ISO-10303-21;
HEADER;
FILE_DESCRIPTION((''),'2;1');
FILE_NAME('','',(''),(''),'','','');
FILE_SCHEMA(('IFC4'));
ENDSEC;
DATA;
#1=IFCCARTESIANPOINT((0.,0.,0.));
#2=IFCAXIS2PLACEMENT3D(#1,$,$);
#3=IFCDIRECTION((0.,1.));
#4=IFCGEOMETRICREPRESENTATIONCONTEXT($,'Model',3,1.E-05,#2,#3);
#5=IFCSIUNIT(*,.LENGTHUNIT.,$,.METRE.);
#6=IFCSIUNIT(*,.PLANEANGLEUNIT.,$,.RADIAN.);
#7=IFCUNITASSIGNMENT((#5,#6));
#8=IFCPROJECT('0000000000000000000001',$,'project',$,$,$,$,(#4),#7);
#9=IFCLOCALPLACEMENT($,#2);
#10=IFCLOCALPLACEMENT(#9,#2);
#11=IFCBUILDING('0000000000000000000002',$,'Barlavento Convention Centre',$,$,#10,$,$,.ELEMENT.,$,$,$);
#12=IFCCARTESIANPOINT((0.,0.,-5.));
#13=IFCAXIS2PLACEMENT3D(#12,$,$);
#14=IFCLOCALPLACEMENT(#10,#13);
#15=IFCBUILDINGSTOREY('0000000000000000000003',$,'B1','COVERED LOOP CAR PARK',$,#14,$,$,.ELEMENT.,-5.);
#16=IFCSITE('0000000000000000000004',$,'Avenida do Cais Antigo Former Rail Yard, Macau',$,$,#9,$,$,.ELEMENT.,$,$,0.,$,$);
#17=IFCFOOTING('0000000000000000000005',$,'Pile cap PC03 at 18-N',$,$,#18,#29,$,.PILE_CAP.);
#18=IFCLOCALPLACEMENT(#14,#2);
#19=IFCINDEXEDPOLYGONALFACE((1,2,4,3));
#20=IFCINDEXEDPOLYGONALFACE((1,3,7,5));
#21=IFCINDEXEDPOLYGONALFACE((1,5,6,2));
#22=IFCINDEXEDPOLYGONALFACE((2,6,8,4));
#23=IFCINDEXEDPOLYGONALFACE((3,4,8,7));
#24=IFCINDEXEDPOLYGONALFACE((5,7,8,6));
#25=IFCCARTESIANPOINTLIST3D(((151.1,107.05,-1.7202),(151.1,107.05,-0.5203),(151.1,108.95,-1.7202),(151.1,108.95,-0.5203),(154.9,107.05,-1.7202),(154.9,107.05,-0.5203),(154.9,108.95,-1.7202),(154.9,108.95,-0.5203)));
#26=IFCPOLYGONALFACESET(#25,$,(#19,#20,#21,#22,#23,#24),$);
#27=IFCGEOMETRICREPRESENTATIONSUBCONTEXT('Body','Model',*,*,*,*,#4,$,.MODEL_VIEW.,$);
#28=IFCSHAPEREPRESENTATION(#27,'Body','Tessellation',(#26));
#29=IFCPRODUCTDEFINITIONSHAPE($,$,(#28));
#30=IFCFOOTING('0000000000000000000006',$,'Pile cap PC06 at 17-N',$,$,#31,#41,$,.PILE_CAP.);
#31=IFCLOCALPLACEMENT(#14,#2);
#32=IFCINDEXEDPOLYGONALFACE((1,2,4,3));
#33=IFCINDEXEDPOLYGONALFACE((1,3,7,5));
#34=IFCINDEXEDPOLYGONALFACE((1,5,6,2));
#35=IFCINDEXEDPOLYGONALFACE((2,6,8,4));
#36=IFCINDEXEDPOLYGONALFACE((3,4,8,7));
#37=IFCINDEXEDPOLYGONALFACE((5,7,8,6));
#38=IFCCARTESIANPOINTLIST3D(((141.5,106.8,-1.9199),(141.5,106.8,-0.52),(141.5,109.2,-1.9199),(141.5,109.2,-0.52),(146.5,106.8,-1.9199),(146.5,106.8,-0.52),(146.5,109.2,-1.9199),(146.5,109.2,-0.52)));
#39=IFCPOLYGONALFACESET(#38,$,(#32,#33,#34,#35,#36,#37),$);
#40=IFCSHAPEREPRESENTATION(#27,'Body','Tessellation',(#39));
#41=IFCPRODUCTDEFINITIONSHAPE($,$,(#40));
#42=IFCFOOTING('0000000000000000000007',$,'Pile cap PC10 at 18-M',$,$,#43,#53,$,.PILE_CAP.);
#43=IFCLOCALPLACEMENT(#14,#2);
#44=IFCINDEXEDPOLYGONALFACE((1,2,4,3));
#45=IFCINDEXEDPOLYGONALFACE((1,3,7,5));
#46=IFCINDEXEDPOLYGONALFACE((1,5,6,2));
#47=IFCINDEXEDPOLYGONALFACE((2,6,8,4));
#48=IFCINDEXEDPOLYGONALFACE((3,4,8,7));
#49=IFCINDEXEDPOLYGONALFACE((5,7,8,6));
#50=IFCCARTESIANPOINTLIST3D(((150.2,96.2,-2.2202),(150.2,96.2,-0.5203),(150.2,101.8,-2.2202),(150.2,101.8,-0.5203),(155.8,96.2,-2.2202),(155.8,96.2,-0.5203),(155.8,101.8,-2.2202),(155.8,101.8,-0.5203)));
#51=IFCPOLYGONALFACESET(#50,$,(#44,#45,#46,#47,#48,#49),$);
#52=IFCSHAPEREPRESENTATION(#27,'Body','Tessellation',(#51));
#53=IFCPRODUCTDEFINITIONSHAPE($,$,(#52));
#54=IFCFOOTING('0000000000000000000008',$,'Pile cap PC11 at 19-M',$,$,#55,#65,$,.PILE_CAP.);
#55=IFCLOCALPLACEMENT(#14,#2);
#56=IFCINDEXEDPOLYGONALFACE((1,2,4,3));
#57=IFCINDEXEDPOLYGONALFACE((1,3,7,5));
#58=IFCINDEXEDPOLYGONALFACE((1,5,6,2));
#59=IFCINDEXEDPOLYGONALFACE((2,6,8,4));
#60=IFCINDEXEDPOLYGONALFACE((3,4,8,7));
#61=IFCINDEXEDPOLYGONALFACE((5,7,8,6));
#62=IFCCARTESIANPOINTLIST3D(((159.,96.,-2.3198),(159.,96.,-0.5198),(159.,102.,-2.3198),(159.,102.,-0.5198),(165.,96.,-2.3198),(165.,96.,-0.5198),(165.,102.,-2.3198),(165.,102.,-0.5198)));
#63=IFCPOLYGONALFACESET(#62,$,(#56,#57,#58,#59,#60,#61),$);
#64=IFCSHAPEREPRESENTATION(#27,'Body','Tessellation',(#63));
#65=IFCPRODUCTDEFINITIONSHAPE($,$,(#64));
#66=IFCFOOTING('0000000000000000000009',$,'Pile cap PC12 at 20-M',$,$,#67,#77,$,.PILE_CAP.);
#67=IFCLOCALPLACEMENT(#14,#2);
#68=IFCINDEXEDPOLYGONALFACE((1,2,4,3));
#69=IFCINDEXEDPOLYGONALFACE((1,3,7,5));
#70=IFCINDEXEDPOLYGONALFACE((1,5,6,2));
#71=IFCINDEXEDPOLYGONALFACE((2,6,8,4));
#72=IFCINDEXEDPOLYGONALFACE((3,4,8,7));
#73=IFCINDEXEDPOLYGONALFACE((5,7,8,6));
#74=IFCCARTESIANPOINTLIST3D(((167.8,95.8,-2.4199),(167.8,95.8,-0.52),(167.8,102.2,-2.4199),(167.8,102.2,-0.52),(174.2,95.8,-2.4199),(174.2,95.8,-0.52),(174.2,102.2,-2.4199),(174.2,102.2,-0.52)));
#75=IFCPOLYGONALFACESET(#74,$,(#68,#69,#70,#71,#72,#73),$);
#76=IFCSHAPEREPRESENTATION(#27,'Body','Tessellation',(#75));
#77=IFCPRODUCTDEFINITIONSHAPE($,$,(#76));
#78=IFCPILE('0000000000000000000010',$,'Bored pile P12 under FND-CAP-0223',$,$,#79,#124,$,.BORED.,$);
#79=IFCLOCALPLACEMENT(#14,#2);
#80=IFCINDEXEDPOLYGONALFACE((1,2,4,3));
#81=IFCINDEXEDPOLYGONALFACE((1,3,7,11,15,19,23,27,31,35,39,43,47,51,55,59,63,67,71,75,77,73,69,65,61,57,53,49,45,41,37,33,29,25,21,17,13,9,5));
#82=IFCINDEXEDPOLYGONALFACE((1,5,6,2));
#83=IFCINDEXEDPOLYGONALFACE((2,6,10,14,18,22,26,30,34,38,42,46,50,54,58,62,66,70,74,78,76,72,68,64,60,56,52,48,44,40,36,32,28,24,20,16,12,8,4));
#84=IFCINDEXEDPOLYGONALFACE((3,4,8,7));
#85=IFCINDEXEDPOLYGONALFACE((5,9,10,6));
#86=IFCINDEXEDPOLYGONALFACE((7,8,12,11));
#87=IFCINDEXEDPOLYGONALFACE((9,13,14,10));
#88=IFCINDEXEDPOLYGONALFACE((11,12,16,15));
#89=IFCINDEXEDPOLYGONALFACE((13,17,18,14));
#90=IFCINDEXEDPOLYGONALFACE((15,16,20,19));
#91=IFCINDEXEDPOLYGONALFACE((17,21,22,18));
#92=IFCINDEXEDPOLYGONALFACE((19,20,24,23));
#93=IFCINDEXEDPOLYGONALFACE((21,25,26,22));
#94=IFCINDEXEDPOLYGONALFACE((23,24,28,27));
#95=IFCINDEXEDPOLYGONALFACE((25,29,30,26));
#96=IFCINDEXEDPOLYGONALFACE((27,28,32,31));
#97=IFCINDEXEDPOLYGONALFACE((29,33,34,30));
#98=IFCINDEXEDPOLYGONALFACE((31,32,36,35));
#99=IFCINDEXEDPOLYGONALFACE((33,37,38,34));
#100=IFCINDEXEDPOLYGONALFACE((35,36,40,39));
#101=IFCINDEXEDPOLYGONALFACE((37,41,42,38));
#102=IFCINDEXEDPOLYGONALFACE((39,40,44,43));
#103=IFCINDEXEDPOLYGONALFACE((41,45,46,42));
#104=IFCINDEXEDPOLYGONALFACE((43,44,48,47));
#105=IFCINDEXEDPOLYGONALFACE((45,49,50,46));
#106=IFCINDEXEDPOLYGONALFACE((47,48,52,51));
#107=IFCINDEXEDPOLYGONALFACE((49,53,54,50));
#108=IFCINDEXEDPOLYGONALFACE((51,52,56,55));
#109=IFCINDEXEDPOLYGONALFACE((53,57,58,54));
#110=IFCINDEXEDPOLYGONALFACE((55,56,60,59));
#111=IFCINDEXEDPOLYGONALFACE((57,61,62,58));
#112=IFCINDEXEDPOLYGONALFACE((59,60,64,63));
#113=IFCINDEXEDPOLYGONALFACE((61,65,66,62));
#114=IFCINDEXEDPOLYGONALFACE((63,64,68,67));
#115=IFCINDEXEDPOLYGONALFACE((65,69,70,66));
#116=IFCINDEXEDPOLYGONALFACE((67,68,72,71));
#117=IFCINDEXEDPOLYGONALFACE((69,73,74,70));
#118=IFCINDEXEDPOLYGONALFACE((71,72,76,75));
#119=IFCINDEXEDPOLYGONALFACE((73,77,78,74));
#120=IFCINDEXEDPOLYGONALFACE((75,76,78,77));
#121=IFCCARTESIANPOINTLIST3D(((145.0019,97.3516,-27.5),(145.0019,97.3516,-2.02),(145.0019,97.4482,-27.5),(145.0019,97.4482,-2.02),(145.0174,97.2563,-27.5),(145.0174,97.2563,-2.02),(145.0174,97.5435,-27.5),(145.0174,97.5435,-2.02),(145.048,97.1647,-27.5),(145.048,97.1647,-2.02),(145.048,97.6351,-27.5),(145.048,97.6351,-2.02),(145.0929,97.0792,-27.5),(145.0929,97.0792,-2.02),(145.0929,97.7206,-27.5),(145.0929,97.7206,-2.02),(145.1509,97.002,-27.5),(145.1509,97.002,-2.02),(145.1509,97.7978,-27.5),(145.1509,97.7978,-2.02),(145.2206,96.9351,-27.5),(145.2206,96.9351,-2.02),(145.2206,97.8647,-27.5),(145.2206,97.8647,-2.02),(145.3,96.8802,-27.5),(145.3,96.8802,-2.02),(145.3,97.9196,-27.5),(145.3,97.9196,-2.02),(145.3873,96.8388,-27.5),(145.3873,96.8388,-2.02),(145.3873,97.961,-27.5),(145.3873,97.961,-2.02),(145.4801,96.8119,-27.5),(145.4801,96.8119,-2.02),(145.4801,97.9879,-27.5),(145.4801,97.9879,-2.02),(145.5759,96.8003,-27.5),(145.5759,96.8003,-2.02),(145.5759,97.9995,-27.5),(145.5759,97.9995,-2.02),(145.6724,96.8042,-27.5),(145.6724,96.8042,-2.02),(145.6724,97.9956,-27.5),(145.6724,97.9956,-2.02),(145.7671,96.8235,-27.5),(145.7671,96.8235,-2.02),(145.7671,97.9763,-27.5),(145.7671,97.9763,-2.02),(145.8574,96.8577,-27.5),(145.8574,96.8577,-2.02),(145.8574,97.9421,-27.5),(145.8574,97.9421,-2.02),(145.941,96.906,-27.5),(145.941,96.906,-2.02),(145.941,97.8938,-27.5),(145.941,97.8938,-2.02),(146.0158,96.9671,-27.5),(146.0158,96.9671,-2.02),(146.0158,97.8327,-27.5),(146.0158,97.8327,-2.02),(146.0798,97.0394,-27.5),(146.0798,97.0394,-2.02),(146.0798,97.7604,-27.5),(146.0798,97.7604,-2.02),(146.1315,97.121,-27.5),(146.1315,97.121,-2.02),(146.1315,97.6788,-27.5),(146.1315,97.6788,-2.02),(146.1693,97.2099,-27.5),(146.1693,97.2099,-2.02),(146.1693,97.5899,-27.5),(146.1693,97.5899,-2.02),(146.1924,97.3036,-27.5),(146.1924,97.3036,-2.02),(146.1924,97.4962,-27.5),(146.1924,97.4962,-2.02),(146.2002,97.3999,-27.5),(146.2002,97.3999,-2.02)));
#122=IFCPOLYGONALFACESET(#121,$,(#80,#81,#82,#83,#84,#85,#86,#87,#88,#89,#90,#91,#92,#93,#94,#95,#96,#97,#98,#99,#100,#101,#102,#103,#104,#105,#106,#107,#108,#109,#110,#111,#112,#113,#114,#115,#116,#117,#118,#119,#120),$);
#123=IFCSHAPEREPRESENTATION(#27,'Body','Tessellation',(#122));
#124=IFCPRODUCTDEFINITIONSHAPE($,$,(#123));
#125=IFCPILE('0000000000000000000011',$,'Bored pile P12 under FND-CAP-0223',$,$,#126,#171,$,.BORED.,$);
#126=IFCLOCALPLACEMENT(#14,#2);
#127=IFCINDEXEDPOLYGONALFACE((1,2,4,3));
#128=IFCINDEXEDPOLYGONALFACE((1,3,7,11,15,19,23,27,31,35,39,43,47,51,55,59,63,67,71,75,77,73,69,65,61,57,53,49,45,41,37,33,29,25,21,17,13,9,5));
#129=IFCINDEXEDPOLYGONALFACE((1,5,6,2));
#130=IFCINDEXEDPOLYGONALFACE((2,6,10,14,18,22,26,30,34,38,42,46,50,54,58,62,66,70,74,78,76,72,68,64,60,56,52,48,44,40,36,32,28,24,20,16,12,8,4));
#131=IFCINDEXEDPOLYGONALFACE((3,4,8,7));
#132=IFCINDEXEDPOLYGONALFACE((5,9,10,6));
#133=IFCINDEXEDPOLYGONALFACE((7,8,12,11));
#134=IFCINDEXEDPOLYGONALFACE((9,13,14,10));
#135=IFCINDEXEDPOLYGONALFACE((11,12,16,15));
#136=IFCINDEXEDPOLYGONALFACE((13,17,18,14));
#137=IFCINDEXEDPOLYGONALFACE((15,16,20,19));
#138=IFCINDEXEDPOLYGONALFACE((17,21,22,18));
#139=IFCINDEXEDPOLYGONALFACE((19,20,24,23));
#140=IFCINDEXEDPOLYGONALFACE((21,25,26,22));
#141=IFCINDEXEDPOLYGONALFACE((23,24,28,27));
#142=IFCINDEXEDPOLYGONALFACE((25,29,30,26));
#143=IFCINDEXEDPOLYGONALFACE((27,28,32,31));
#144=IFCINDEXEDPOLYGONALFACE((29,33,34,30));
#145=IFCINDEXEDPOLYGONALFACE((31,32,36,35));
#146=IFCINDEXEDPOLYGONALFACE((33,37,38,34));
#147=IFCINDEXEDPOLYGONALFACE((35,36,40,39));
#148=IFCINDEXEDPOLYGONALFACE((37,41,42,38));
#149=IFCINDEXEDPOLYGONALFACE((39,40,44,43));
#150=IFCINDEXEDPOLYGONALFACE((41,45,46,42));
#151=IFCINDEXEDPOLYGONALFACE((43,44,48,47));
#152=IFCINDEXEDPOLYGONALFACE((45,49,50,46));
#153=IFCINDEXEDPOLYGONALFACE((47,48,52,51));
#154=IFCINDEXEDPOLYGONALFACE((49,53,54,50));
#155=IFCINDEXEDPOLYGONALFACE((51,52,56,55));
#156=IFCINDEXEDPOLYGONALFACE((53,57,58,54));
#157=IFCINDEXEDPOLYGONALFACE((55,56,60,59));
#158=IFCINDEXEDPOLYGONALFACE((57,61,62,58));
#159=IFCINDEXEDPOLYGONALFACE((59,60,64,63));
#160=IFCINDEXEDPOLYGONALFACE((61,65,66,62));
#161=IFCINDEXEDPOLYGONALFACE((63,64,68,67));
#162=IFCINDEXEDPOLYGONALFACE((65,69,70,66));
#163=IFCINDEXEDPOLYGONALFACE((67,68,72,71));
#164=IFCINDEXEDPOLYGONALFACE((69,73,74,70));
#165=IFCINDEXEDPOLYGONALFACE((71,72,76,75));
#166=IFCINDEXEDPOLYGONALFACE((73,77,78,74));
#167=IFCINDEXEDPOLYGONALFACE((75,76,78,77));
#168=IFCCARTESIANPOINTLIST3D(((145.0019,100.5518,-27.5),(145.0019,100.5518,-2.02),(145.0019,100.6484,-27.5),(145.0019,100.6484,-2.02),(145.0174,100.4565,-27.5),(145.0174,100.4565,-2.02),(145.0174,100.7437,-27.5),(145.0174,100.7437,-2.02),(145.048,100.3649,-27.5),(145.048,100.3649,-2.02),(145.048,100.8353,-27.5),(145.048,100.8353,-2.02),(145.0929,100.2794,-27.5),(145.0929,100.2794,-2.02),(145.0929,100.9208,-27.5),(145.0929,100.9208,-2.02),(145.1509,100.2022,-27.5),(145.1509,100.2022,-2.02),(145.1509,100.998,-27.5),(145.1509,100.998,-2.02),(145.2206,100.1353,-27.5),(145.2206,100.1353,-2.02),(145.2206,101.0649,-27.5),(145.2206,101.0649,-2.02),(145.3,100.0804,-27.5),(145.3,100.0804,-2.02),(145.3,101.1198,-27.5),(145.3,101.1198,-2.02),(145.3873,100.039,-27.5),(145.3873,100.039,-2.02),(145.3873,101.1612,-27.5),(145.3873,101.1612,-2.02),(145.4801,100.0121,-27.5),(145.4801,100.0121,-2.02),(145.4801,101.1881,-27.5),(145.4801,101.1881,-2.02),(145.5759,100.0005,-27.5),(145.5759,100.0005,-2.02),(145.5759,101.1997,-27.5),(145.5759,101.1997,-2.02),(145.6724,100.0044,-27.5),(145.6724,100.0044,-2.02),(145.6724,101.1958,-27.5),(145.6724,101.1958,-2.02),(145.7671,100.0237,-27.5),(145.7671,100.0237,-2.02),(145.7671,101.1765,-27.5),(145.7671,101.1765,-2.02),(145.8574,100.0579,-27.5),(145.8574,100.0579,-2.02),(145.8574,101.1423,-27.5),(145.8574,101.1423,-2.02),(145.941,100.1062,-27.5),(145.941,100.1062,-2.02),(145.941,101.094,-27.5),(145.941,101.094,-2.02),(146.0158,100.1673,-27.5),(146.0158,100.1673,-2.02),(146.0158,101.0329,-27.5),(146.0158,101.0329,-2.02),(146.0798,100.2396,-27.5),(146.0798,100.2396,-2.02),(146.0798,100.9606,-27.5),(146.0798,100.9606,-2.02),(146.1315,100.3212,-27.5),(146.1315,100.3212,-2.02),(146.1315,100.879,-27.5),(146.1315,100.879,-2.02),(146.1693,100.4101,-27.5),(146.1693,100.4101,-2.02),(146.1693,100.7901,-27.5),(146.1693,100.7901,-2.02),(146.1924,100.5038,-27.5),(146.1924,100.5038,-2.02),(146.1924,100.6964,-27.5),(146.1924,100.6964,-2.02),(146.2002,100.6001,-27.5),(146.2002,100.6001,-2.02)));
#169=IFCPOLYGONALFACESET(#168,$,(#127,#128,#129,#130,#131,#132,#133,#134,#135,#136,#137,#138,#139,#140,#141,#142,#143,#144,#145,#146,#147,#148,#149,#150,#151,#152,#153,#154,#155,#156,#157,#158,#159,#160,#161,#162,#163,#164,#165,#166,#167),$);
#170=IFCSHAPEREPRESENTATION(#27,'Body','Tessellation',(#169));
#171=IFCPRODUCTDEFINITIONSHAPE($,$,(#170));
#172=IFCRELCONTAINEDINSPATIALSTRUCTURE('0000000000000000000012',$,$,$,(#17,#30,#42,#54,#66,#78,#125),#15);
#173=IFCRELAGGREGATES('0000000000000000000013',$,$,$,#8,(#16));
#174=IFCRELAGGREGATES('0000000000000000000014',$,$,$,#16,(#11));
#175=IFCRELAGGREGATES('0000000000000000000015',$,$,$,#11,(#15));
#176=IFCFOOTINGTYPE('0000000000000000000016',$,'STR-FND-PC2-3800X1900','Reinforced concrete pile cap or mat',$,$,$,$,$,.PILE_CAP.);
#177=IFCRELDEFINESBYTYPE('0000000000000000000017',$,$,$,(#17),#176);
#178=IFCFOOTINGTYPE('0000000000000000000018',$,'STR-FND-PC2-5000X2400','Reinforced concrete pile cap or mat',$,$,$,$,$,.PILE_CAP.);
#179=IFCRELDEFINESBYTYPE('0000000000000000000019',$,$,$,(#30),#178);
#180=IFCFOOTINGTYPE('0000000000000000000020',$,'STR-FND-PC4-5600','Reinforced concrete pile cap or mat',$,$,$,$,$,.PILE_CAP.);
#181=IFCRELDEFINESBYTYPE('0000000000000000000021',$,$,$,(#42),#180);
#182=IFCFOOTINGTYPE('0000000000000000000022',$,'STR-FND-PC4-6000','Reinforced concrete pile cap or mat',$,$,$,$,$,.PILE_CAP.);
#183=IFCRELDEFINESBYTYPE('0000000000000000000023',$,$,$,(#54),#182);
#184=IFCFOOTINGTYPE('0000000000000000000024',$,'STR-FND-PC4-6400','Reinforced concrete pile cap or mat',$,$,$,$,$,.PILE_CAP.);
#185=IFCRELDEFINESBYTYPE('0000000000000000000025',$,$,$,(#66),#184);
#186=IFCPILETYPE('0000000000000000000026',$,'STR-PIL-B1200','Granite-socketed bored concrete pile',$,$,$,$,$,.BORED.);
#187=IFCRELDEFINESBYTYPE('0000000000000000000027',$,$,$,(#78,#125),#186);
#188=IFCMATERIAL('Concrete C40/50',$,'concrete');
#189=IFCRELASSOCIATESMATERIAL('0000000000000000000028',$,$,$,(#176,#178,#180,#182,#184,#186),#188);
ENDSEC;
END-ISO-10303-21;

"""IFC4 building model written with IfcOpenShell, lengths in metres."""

from ifc_helpers import new_model, si_unit, direction, frame, origin, origin_2d, place, context, subcontext, project, spatial, rectangle, circle, extrude, material, material_profile, profile_set, type_object, element, save


model = new_model("IFC4")

# Units and contexts
model_context = context("Model", 3, precision=1e-05, world=origin(), true_north=direction((0.0, 1.0)))
body_context = subcontext(model_context, "Body", "Model", "MODEL_VIEW")
ifc_project = project(units=[si_unit("LENGTHUNIT", "METRE"), si_unit("PLANEANGLEUNIT", "RADIAN")], contexts=[model_context])

# Site, building, storey
site_placement = place(None, origin())
site = spatial("IfcSite", under=ifc_project, at=site_placement, Name="Avenida do Cais Antigo Former Rail Yard, Macau", CompositionType="ELEMENT", RefElevation=0.0)
building_placement = place(site_placement, origin())
building = spatial("IfcBuilding", under=site, at=building_placement, Name="Barlavento Convention Centre", CompositionType="ELEMENT")
storey_placement = place(building_placement, frame((0.0, 0.0, -5.0)))
storey = spatial("IfcBuildingStorey", under=building, at=storey_placement, Name="B1", Description="COVERED LOOP CAR PARK", CompositionType="ELEMENT", Elevation=-5.0)

# Footings
ifc_material_1 = material(Name="Concrete C40/50", Category="concrete")
footing_type_1 = type_object("IfcFootingType", Name="STR-FND-PC2-3800X1900", Description="Reinforced concrete pile cap or mat", PredefinedType="PILE_CAP", material=ifc_material_1)
footing_1_placement = place(storey_placement, frame((153.0, 108.0, -1.7202), z_axis=(0.0, 0.0, 1.0), x_axis=(1.0, 0.0, 0.0)))
element("IfcFooting", 1, at=footing_1_placement, inside=storey, type_object=footing_type_1, Name="Pile cap PC03 at 18-N", PredefinedType="PILE_CAP", context=body_context, shape_type="SweptSolid", body=[
    extrude(rectangle(XDim=3.8, YDim=1.8999, at=origin_2d()), origin(), (0.0, 0.0, 1.0), 1.2),
])
footing_type_2 = type_object("IfcFootingType", Name="STR-FND-PC2-5000X2400", Description="Reinforced concrete pile cap or mat", PredefinedType="PILE_CAP", material=ifc_material_1)
footing_2_placement = place(storey_placement, frame((144.0, 108.0, -1.9199), z_axis=(0.0, 0.0, 1.0), x_axis=(1.0, 0.0, 0.0)))
element("IfcFooting", 2, at=footing_2_placement, inside=storey, type_object=footing_type_2, Name="Pile cap PC06 at 17-N", PredefinedType="PILE_CAP", context=body_context, shape_type="SweptSolid", body=[
    extrude(rectangle(XDim=5.0, YDim=2.3999, at=origin_2d()), origin(), (0.0, 0.0, 1.0), 1.3999),
])
footing_type_3 = type_object("IfcFootingType", Name="STR-FND-PC4-5600", Description="Reinforced concrete pile cap or mat", PredefinedType="PILE_CAP", material=ifc_material_1)
footing_3_placement = place(storey_placement, frame((153.0, 99.0, -2.2202), z_axis=(0.0, 0.0, 1.0), x_axis=(1.0, 0.0, 0.0)))
element("IfcFooting", 3, at=footing_3_placement, inside=storey, type_object=footing_type_3, Name="Pile cap PC10 at 18-M", PredefinedType="PILE_CAP", context=body_context, shape_type="SweptSolid", body=[
    extrude(rectangle(XDim=5.6001, YDim=5.6001, at=origin_2d()), origin(), (0.0, 0.0, 1.0), 1.7),
])
footing_type_4 = type_object("IfcFootingType", Name="STR-FND-PC4-6000", Description="Reinforced concrete pile cap or mat", PredefinedType="PILE_CAP", material=ifc_material_1)
footing_4_placement = place(storey_placement, frame((162.0, 99.0, -2.3198), z_axis=(0.0, 0.0, 1.0), x_axis=(1.0, 0.0, 0.0)))
element("IfcFooting", 4, at=footing_4_placement, inside=storey, type_object=footing_type_4, Name="Pile cap PC11 at 19-M", PredefinedType="PILE_CAP", context=body_context, shape_type="SweptSolid", body=[
    extrude(rectangle(XDim=6.0, YDim=6.0, at=origin_2d()), origin(), (0.0, 0.0, 1.0), 1.8),
])
footing_type_5 = type_object("IfcFootingType", Name="STR-FND-PC4-6400", Description="Reinforced concrete pile cap or mat", PredefinedType="PILE_CAP", material=ifc_material_1)
footing_5_placement = place(storey_placement, frame((171.0, 99.0, -2.4199), z_axis=(0.0, 0.0, 1.0), x_axis=(1.0, 0.0, 0.0)))
element("IfcFooting", 5, at=footing_5_placement, inside=storey, type_object=footing_type_5, Name="Pile cap PC12 at 20-M", PredefinedType="PILE_CAP", context=body_context, shape_type="SweptSolid", body=[
    extrude(rectangle(XDim=6.3999, YDim=6.3999, at=origin_2d()), origin(), (0.0, 0.0, 1.0), 1.8999),
])

# Piles
ifc_material_profile_1 = material_profile(ifc_material_1, circle(Radius=0.6001, at=origin_2d()), Name="BORED PILE 1200")
ifc_profile_set_1 = profile_set([ifc_material_profile_1], Name="Concrete C40/50")
pile_type_1 = type_object("IfcPileType", Name="STR-PIL-B1200", Description="Granite-socketed bored concrete pile", PredefinedType="BORED", material=ifc_profile_set_1)
for number, where, z_axis, x_axis, name in (
    (6, (145.6001, 97.3999, -2.02), (0.0, 0.0, -1.0), (1.0, 0.0, 0.0), "Bored pile P12 under FND-CAP-0223"),
    (7, (145.6001, 100.6001, -2.02), (0.0, 0.0, -1.0), (1.0, 0.0, 0.0), "Bored pile P12 under FND-CAP-0223"),
):
    element("IfcPile", number, at=place(storey_placement, frame(where, z_axis=z_axis, x_axis=x_axis)), inside=storey, type_object=pile_type_1, Name=name, PredefinedType="BORED", context=body_context, shape_type="SweptSolid", body=[
        extrude(circle(Radius=0.6001, at=origin_2d()), origin(), (0.0, 0.0, 1.0), 25.48),
    ])

save(model, "model.ifc")
